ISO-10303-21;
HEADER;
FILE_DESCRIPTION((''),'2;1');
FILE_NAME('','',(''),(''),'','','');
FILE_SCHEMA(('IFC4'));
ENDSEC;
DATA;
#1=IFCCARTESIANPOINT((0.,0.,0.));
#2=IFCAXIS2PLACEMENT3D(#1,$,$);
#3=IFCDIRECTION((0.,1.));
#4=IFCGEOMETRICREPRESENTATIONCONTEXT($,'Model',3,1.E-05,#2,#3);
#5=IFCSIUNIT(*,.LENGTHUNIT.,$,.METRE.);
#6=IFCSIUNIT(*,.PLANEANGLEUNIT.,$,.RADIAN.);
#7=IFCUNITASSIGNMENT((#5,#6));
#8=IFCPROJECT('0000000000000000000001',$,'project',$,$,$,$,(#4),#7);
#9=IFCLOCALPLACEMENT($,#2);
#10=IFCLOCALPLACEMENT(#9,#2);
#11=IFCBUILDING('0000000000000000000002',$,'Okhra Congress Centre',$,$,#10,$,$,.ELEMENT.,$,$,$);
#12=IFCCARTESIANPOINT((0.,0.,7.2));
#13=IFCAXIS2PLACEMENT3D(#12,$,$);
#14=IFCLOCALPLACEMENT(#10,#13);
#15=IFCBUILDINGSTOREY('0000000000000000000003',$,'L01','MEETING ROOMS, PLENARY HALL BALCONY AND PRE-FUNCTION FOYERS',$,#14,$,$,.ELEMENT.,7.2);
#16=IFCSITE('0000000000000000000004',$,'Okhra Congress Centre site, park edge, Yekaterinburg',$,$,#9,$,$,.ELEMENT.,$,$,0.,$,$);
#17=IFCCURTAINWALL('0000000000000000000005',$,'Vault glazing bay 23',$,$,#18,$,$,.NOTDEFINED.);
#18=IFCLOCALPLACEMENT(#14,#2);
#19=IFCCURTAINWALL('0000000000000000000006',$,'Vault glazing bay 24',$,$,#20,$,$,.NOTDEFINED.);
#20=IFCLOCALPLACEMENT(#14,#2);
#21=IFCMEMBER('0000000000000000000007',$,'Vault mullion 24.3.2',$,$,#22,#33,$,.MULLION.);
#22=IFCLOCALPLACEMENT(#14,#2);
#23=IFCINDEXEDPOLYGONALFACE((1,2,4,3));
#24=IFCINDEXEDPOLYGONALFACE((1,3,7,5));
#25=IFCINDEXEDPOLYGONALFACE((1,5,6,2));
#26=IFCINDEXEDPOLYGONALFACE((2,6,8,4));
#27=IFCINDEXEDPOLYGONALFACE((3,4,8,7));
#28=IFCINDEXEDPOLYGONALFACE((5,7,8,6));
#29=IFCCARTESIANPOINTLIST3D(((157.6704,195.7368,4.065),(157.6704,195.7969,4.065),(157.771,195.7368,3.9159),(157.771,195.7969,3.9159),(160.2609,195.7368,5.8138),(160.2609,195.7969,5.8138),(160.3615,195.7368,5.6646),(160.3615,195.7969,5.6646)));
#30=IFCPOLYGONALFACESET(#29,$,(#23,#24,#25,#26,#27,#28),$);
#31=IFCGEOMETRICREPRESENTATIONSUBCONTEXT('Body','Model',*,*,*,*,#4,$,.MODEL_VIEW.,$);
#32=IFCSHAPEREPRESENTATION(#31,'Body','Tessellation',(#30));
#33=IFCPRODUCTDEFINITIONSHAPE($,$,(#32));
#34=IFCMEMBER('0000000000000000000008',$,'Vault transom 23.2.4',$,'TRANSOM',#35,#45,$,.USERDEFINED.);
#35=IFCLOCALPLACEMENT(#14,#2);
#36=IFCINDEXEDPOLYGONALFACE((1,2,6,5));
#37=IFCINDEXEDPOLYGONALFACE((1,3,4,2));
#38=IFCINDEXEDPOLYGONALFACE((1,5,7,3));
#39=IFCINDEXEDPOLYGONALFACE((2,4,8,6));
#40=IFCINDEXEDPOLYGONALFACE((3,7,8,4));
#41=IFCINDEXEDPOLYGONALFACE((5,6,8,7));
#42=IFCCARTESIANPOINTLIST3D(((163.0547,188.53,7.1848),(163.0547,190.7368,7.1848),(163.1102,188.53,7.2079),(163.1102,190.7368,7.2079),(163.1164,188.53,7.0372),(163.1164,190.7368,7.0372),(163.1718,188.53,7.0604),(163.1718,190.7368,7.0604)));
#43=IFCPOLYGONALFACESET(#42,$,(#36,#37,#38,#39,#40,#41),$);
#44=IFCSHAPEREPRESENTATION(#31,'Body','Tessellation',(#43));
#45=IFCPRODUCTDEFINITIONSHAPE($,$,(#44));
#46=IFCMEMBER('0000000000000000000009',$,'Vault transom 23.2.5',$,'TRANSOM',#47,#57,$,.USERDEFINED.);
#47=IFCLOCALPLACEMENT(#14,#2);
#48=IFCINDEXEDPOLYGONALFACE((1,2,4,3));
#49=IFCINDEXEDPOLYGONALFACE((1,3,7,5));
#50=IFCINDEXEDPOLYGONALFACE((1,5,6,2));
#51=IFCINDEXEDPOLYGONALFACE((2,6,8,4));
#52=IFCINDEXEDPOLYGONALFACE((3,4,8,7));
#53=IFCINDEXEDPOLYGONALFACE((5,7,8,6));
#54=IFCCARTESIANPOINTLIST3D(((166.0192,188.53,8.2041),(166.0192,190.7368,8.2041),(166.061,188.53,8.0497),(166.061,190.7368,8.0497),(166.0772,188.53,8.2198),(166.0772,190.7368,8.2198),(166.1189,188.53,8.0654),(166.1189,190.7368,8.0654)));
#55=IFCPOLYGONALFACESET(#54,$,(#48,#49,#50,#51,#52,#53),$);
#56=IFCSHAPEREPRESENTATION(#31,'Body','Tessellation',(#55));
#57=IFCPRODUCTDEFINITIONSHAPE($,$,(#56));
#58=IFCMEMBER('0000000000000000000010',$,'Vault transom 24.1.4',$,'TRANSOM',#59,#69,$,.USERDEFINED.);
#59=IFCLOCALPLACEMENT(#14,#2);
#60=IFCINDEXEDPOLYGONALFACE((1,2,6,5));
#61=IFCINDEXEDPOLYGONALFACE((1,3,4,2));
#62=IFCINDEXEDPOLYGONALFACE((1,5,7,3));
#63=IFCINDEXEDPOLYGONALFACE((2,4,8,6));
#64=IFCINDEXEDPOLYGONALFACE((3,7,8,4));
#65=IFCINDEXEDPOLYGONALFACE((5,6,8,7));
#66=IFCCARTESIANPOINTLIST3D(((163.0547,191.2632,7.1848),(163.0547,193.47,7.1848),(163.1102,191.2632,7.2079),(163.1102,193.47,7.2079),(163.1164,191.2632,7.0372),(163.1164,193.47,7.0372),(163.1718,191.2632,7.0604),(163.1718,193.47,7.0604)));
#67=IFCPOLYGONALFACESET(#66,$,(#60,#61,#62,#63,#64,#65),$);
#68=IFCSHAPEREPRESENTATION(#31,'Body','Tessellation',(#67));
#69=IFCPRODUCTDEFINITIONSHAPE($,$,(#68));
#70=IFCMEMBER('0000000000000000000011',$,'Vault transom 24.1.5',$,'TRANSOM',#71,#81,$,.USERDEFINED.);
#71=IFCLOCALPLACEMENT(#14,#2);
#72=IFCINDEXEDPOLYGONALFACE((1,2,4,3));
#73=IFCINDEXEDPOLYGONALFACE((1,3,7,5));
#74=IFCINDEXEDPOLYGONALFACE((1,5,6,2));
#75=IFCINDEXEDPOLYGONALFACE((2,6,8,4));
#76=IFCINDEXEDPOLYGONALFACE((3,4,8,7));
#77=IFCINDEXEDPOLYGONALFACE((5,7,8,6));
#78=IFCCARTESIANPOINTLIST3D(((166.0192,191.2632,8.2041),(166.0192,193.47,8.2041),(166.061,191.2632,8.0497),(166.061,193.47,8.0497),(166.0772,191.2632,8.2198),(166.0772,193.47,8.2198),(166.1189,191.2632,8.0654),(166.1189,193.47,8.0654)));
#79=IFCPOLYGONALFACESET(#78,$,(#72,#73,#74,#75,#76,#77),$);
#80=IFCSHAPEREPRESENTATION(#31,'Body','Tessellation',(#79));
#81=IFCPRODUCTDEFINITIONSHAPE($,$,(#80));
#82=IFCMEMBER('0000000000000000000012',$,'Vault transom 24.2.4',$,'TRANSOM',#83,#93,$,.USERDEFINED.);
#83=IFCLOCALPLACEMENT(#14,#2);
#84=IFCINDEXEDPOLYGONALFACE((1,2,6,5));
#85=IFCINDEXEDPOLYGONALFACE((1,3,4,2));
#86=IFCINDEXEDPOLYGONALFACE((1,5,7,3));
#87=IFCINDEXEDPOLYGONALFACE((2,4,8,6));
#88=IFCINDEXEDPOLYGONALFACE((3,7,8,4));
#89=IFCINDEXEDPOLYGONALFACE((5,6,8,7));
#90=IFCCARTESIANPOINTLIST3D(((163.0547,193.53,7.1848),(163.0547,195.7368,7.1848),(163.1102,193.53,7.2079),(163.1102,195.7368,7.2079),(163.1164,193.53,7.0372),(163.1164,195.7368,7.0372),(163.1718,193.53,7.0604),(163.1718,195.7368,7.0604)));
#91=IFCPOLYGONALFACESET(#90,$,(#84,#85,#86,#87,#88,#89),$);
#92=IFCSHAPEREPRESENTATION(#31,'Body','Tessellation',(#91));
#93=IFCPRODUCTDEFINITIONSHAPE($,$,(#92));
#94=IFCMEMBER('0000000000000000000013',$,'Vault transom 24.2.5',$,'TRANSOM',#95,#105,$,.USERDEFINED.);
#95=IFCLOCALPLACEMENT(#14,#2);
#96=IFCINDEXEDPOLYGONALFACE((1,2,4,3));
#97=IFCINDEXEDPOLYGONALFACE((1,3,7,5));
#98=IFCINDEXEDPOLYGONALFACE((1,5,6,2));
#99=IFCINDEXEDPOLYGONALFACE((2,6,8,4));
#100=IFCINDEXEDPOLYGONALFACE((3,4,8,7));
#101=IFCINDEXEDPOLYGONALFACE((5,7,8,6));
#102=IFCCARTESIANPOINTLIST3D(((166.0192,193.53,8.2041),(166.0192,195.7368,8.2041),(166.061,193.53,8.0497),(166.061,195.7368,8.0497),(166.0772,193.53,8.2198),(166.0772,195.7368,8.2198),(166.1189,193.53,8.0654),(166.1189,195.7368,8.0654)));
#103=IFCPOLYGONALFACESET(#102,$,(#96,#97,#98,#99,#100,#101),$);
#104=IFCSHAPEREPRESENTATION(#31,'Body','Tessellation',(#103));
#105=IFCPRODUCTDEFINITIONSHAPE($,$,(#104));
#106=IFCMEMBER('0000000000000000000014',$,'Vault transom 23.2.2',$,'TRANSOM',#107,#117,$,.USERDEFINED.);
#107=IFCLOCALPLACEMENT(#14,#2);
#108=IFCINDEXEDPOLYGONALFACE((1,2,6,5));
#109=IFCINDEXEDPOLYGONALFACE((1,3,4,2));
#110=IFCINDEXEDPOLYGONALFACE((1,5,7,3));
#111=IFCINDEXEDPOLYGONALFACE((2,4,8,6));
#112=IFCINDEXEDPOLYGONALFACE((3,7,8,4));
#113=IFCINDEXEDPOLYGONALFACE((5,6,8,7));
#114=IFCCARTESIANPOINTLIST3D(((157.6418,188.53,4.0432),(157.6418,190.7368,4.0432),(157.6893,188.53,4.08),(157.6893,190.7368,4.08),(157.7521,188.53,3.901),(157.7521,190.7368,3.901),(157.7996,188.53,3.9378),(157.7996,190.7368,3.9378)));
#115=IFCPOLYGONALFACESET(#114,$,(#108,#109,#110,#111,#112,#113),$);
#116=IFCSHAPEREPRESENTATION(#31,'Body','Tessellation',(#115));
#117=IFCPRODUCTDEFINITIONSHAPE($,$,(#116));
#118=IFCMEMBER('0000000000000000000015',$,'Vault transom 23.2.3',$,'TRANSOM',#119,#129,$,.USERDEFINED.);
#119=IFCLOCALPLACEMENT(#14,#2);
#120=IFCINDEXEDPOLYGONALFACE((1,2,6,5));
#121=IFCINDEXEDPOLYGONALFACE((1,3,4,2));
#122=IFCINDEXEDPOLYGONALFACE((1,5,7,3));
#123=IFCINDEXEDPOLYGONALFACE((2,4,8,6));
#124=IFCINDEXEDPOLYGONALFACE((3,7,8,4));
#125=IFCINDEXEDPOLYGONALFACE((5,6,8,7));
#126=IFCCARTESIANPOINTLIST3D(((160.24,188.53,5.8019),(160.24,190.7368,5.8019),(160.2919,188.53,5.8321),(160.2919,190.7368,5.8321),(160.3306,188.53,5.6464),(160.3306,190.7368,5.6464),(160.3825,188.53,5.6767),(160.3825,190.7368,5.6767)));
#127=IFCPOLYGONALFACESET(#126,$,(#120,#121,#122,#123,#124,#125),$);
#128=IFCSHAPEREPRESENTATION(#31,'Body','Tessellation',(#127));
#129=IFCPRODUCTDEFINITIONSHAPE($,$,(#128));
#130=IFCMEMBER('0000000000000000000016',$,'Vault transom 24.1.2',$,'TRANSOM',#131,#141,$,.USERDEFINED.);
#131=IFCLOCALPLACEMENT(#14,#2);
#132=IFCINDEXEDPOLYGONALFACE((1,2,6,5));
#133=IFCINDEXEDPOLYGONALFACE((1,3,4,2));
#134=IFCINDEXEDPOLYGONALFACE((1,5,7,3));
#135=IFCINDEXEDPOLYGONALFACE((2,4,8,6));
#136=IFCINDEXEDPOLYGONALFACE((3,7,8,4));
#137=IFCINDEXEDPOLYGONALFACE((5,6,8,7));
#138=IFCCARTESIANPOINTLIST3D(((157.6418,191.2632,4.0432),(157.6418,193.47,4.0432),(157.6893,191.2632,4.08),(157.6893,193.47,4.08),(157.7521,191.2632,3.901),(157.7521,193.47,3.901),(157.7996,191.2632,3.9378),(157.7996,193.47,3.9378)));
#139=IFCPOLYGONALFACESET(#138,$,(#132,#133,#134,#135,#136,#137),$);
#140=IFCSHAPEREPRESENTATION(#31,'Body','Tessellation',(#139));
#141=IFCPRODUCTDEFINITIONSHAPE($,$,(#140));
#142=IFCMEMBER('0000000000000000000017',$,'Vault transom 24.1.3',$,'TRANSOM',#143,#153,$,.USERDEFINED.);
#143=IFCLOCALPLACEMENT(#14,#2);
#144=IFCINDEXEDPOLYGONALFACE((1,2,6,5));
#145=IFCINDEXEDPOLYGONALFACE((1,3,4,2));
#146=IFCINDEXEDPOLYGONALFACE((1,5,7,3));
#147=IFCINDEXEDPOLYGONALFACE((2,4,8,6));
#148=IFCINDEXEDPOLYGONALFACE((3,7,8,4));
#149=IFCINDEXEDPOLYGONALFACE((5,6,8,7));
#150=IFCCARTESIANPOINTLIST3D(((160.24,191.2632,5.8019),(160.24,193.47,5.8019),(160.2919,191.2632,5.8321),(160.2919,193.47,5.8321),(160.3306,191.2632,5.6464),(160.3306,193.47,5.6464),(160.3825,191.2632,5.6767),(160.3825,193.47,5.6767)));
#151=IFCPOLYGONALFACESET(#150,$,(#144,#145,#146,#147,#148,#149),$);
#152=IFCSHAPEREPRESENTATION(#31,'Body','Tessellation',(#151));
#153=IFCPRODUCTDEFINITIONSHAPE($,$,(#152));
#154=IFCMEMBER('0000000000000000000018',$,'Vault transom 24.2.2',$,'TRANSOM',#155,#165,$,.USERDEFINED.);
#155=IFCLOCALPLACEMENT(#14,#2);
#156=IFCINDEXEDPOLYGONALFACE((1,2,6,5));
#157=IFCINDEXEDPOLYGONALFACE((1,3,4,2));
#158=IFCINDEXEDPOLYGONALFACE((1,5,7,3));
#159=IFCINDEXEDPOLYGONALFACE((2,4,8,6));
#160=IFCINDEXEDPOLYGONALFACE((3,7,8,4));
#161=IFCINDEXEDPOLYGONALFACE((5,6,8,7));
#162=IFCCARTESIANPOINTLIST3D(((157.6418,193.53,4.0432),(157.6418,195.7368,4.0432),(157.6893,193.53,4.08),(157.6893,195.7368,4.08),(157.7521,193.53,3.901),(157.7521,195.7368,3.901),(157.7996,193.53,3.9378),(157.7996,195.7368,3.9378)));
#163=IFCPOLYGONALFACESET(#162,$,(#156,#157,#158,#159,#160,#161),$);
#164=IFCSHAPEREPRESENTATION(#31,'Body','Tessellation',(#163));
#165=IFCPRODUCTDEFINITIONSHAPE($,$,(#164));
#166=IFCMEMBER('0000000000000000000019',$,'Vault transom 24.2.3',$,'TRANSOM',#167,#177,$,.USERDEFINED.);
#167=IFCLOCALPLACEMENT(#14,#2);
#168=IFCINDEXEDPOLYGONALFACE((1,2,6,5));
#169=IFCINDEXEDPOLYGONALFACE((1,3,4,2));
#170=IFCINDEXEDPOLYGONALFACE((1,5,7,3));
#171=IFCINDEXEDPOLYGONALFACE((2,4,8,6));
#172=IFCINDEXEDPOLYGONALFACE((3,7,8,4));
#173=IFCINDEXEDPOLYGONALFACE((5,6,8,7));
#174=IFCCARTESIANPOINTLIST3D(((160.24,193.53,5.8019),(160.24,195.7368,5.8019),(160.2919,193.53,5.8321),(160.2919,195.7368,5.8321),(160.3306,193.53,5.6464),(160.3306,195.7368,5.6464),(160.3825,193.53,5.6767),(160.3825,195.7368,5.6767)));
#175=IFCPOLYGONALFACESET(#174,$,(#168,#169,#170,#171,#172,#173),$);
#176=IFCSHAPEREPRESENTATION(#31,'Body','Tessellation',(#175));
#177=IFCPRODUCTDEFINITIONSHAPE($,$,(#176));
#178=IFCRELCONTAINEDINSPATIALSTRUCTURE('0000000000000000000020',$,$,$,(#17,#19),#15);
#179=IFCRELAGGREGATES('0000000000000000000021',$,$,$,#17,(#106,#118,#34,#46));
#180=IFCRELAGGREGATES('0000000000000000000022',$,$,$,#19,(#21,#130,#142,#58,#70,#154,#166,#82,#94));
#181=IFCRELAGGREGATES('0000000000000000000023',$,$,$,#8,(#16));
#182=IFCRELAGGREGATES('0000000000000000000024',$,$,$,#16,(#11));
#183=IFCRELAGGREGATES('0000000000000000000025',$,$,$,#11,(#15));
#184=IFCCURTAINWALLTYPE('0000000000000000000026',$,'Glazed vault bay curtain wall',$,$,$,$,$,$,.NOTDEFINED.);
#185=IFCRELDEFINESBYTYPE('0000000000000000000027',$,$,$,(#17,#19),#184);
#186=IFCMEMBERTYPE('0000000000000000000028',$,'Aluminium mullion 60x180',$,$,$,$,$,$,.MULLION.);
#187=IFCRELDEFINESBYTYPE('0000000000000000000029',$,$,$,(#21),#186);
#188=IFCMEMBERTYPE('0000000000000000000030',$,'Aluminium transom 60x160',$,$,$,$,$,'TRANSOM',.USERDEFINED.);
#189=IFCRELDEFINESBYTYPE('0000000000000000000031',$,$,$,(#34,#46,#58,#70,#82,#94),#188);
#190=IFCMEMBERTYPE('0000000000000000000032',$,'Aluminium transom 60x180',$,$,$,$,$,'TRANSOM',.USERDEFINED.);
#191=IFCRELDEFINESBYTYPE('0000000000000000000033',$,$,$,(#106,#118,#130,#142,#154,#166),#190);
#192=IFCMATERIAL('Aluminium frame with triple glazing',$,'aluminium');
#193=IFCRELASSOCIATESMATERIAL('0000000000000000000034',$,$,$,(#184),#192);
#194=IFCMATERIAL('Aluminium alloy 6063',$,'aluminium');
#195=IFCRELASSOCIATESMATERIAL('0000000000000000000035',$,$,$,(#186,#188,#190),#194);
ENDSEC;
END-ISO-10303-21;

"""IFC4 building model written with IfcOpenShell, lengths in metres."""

from ifc_helpers import new_model, si_unit, direction, frame, origin, origin_2d, place, context, subcontext, project, spatial, rectangle, extrude, material, material_profile, profile_set, type_object, element, aggregate, save


model = new_model("IFC4")

# Units and contexts
model_context = context("Model", 3, precision=1e-05, world=origin(), true_north=direction((0.0, 1.0)))
body_context = subcontext(model_context, "Body", "Model", "MODEL_VIEW")
ifc_project = project(units=[si_unit("LENGTHUNIT", "METRE"), si_unit("PLANEANGLEUNIT", "RADIAN")], contexts=[model_context])

# Site, building, storey
site_placement = place(None, origin())
site = spatial("IfcSite", under=ifc_project, at=site_placement, Name="Okhra Congress Centre site, park edge, Yekaterinburg", CompositionType="ELEMENT", RefElevation=0.0)
building_placement = place(site_placement, origin())
building = spatial("IfcBuilding", under=site, at=building_placement, Name="Okhra Congress Centre", CompositionType="ELEMENT")
storey_placement = place(building_placement, frame((0.0, 0.0, 7.2)))
storey = spatial("IfcBuildingStorey", under=building, at=storey_placement, Name="L01", Description="MEETING ROOMS, PLENARY HALL BALCONY AND PRE-FUNCTION FOYERS", CompositionType="ELEMENT", Elevation=7.2)

# Curtain walls
ifc_material_1 = material(Name="Aluminium frame with triple glazing", Category="aluminium")
curtain_wall_type = type_object("IfcCurtainWallType", Name="Glazed vault bay curtain wall", PredefinedType="NOTDEFINED", material=ifc_material_1)
curtain_wall_1_placement = place(storey_placement, origin())
curtain_wall_1 = element("IfcCurtainWall", 1, at=curtain_wall_1_placement, inside=storey, type_object=curtain_wall_type, Name="Vault glazing bay 23", PredefinedType="NOTDEFINED")
ifc_material_2 = material(Name="Aluminium alloy 6063", Category="aluminium")
curtain_wall_2_placement = place(storey_placement, origin())
curtain_wall_2 = element("IfcCurtainWall", 2, at=curtain_wall_2_placement, inside=storey, type_object=curtain_wall_type, Name="Vault glazing bay 24", PredefinedType="NOTDEFINED")

# Members
ifc_material_profile_1 = material_profile(ifc_material_2, rectangle(XDim=0.0601, YDim=0.1799, at=origin_2d()), Name="AL 60x180")
ifc_profile_set_1 = profile_set([ifc_material_profile_1], Name="Aluminium alloy 6063")
member_type_1 = type_object("IfcMemberType", Name="Aluminium mullion 60x180", PredefinedType="MULLION", material=ifc_profile_set_1)
member_1_placement = place(storey_placement, frame((157.7207, 195.7668, 3.9905), z_axis=(0.828828, 0.0, 0.559504), x_axis=(0.0, 1.0, 0.0)))
member_1 = element("IfcMember", 3, at=member_1_placement, type_object=member_type_1, Name="Vault mullion 24.3.2", PredefinedType="MULLION", context=body_context, shape_type="SweptSolid", body=[
    extrude(rectangle(XDim=0.0601, YDim=0.1799, at=origin_2d()), origin(), (0.0, 0.0, 1.0), 3.1255),
])
ifc_material_profile_2 = material_profile(ifc_material_2, rectangle(XDim=0.0601, YDim=0.1599, at=origin_2d()), Name="AL 60x160 transom")
ifc_profile_set_2 = profile_set([ifc_material_profile_2], Name="Aluminium alloy 6063")
member_type_2 = type_object("IfcMemberType", Name="Aluminium transom 60x160", ElementType="TRANSOM", PredefinedType="USERDEFINED", material=ifc_profile_set_2)
member_2_placement = place(storey_placement, frame((163.1133, 188.53, 7.1226), z_axis=(0.0, 1.0, 0.0), x_axis=(-0.922669, 0.0, -0.385593)))
member_2 = element("IfcMember", 4, at=member_2_placement, type_object=member_type_2, Name="Vault transom 23.2.4", ObjectType="TRANSOM", PredefinedType="USERDEFINED", context=body_context, shape_type="SweptSolid", body=[
    extrude(rectangle(XDim=0.0601, YDim=0.1599, at=origin_2d()), origin(), (0.0, 0.0, 1.0), 2.2068),
])
member_3_placement = place(storey_placement, frame((166.0691, 188.53, 8.1348), z_axis=(0.0, 1.0, 0.0), x_axis=(-0.96538, 0.0, -0.260848)))
member_3 = element("IfcMember", 5, at=member_3_placement, type_object=member_type_2, Name="Vault transom 23.2.5", ObjectType="TRANSOM", PredefinedType="USERDEFINED", context=body_context, shape_type="SweptSolid", body=[
    extrude(rectangle(XDim=0.0601, YDim=0.1599, at=origin_2d()), origin(), (0.0, 0.0, 1.0), 2.2068),
])
member_4_placement = place(storey_placement, frame((163.1133, 191.2632, 7.1226), z_axis=(0.0, 1.0, 0.0), x_axis=(-0.922669, 0.0, -0.385593)))
member_4 = element("IfcMember", 6, at=member_4_placement, type_object=member_type_2, Name="Vault transom 24.1.4", ObjectType="TRANSOM", PredefinedType="USERDEFINED", context=body_context, shape_type="SweptSolid", body=[
    extrude(rectangle(XDim=0.0601, YDim=0.1599, at=origin_2d()), origin(), (0.0, 0.0, 1.0), 2.2068),
])
member_5_placement = place(storey_placement, frame((166.0691, 191.2632, 8.1348), z_axis=(0.0, 1.0, 0.0), x_axis=(-0.96538, 0.0, -0.260848)))
member_5 = element("IfcMember", 7, at=member_5_placement, type_object=member_type_2, Name="Vault transom 24.1.5", ObjectType="TRANSOM", PredefinedType="USERDEFINED", context=body_context, shape_type="SweptSolid", body=[
    extrude(rectangle(XDim=0.0601, YDim=0.1599, at=origin_2d()), origin(), (0.0, 0.0, 1.0), 2.2068),
])
member_6_placement = place(storey_placement, frame((163.1133, 193.53, 7.1226), z_axis=(0.0, 1.0, 0.0), x_axis=(-0.922669, 0.0, -0.385593)))
member_6 = element("IfcMember", 8, at=member_6_placement, type_object=member_type_2, Name="Vault transom 24.2.4", ObjectType="TRANSOM", PredefinedType="USERDEFINED", context=body_context, shape_type="SweptSolid", body=[
    extrude(rectangle(XDim=0.0601, YDim=0.1599, at=origin_2d()), origin(), (0.0, 0.0, 1.0), 2.2068),
])
member_7_placement = place(storey_placement, frame((166.0691, 193.53, 8.1348), z_axis=(0.0, 1.0, 0.0), x_axis=(-0.96538, 0.0, -0.260848)))
member_7 = element("IfcMember", 9, at=member_7_placement, type_object=member_type_2, Name="Vault transom 24.2.5", ObjectType="TRANSOM", PredefinedType="USERDEFINED", context=body_context, shape_type="SweptSolid", body=[
    extrude(rectangle(XDim=0.0601, YDim=0.1599, at=origin_2d()), origin(), (0.0, 0.0, 1.0), 2.2068),
])
ifc_material_profile_3 = material_profile(ifc_material_2, rectangle(XDim=0.0601, YDim=0.1799, at=origin_2d()), Name="AL 60x180 transom")
ifc_profile_set_3 = profile_set([ifc_material_profile_3], Name="Aluminium alloy 6063")
member_type_3 = type_object("IfcMemberType", Name="Aluminium transom 60x180", ElementType="TRANSOM", PredefinedType="USERDEFINED", material=ifc_profile_set_3)
member_8_placement = place(storey_placement, frame((157.7207, 188.53, 3.9905), z_axis=(0.0, 1.0, 0.0), x_axis=(-0.790145, 0.0, -0.61292)))
member_8 = element("IfcMember", 10, at=member_8_placement, type_object=member_type_3, Name="Vault transom 23.2.2", ObjectType="TRANSOM", PredefinedType="USERDEFINED", context=body_context, shape_type="SweptSolid", body=[
    extrude(rectangle(XDim=0.0601, YDim=0.1799, at=origin_2d()), origin(), (0.0, 0.0, 1.0), 2.2068),
])
member_9_placement = place(storey_placement, frame((160.3113, 188.53, 5.7393), z_axis=(0.0, 1.0, 0.0), x_axis=(-0.863917, 0.0, -0.503634)))
member_9 = element("IfcMember", 11, at=member_9_placement, type_object=member_type_3, Name="Vault transom 23.2.3", ObjectType="TRANSOM", PredefinedType="USERDEFINED", context=body_context, shape_type="SweptSolid", body=[
    extrude(rectangle(XDim=0.0601, YDim=0.1799, at=origin_2d()), origin(), (0.0, 0.0, 1.0), 2.2068),
])
member_10_placement = place(storey_placement, frame((157.7207, 191.2632, 3.9905), z_axis=(0.0, 1.0, 0.0), x_axis=(-0.790145, 0.0, -0.61292)))
member_10 = element("IfcMember", 12, at=member_10_placement, type_object=member_type_3, Name="Vault transom 24.1.2", ObjectType="TRANSOM", PredefinedType="USERDEFINED", context=body_context, shape_type="SweptSolid", body=[
    extrude(rectangle(XDim=0.0601, YDim=0.1799, at=origin_2d()), origin(), (0.0, 0.0, 1.0), 2.2068),
])
member_11_placement = place(storey_placement, frame((160.3113, 191.2632, 5.7393), z_axis=(0.0, 1.0, 0.0), x_axis=(-0.863917, 0.0, -0.503634)))
member_11 = element("IfcMember", 13, at=member_11_placement, type_object=member_type_3, Name="Vault transom 24.1.3", ObjectType="TRANSOM", PredefinedType="USERDEFINED", context=body_context, shape_type="SweptSolid", body=[
    extrude(rectangle(XDim=0.0601, YDim=0.1799, at=origin_2d()), origin(), (0.0, 0.0, 1.0), 2.2068),
])
member_12_placement = place(storey_placement, frame((157.7207, 193.53, 3.9905), z_axis=(0.0, 1.0, 0.0), x_axis=(-0.790145, 0.0, -0.61292)))
member_12 = element("IfcMember", 14, at=member_12_placement, type_object=member_type_3, Name="Vault transom 24.2.2", ObjectType="TRANSOM", PredefinedType="USERDEFINED", context=body_context, shape_type="SweptSolid", body=[
    extrude(rectangle(XDim=0.0601, YDim=0.1799, at=origin_2d()), origin(), (0.0, 0.0, 1.0), 2.2068),
])
member_13_placement = place(storey_placement, frame((160.3113, 193.53, 5.7393), z_axis=(0.0, 1.0, 0.0), x_axis=(-0.863917, 0.0, -0.503634)))
member_13 = element("IfcMember", 15, at=member_13_placement, type_object=member_type_3, Name="Vault transom 24.2.3", ObjectType="TRANSOM", PredefinedType="USERDEFINED", context=body_context, shape_type="SweptSolid", body=[
    extrude(rectangle(XDim=0.0601, YDim=0.1799, at=origin_2d()), origin(), (0.0, 0.0, 1.0), 2.2068),
])

aggregate(curtain_wall_1, [member_8, member_9, member_2, member_3])
aggregate(curtain_wall_2, [member_1, member_10, member_11, member_4, member_5, member_12, member_13, member_6, member_7])

save(model, "model.ifc")
